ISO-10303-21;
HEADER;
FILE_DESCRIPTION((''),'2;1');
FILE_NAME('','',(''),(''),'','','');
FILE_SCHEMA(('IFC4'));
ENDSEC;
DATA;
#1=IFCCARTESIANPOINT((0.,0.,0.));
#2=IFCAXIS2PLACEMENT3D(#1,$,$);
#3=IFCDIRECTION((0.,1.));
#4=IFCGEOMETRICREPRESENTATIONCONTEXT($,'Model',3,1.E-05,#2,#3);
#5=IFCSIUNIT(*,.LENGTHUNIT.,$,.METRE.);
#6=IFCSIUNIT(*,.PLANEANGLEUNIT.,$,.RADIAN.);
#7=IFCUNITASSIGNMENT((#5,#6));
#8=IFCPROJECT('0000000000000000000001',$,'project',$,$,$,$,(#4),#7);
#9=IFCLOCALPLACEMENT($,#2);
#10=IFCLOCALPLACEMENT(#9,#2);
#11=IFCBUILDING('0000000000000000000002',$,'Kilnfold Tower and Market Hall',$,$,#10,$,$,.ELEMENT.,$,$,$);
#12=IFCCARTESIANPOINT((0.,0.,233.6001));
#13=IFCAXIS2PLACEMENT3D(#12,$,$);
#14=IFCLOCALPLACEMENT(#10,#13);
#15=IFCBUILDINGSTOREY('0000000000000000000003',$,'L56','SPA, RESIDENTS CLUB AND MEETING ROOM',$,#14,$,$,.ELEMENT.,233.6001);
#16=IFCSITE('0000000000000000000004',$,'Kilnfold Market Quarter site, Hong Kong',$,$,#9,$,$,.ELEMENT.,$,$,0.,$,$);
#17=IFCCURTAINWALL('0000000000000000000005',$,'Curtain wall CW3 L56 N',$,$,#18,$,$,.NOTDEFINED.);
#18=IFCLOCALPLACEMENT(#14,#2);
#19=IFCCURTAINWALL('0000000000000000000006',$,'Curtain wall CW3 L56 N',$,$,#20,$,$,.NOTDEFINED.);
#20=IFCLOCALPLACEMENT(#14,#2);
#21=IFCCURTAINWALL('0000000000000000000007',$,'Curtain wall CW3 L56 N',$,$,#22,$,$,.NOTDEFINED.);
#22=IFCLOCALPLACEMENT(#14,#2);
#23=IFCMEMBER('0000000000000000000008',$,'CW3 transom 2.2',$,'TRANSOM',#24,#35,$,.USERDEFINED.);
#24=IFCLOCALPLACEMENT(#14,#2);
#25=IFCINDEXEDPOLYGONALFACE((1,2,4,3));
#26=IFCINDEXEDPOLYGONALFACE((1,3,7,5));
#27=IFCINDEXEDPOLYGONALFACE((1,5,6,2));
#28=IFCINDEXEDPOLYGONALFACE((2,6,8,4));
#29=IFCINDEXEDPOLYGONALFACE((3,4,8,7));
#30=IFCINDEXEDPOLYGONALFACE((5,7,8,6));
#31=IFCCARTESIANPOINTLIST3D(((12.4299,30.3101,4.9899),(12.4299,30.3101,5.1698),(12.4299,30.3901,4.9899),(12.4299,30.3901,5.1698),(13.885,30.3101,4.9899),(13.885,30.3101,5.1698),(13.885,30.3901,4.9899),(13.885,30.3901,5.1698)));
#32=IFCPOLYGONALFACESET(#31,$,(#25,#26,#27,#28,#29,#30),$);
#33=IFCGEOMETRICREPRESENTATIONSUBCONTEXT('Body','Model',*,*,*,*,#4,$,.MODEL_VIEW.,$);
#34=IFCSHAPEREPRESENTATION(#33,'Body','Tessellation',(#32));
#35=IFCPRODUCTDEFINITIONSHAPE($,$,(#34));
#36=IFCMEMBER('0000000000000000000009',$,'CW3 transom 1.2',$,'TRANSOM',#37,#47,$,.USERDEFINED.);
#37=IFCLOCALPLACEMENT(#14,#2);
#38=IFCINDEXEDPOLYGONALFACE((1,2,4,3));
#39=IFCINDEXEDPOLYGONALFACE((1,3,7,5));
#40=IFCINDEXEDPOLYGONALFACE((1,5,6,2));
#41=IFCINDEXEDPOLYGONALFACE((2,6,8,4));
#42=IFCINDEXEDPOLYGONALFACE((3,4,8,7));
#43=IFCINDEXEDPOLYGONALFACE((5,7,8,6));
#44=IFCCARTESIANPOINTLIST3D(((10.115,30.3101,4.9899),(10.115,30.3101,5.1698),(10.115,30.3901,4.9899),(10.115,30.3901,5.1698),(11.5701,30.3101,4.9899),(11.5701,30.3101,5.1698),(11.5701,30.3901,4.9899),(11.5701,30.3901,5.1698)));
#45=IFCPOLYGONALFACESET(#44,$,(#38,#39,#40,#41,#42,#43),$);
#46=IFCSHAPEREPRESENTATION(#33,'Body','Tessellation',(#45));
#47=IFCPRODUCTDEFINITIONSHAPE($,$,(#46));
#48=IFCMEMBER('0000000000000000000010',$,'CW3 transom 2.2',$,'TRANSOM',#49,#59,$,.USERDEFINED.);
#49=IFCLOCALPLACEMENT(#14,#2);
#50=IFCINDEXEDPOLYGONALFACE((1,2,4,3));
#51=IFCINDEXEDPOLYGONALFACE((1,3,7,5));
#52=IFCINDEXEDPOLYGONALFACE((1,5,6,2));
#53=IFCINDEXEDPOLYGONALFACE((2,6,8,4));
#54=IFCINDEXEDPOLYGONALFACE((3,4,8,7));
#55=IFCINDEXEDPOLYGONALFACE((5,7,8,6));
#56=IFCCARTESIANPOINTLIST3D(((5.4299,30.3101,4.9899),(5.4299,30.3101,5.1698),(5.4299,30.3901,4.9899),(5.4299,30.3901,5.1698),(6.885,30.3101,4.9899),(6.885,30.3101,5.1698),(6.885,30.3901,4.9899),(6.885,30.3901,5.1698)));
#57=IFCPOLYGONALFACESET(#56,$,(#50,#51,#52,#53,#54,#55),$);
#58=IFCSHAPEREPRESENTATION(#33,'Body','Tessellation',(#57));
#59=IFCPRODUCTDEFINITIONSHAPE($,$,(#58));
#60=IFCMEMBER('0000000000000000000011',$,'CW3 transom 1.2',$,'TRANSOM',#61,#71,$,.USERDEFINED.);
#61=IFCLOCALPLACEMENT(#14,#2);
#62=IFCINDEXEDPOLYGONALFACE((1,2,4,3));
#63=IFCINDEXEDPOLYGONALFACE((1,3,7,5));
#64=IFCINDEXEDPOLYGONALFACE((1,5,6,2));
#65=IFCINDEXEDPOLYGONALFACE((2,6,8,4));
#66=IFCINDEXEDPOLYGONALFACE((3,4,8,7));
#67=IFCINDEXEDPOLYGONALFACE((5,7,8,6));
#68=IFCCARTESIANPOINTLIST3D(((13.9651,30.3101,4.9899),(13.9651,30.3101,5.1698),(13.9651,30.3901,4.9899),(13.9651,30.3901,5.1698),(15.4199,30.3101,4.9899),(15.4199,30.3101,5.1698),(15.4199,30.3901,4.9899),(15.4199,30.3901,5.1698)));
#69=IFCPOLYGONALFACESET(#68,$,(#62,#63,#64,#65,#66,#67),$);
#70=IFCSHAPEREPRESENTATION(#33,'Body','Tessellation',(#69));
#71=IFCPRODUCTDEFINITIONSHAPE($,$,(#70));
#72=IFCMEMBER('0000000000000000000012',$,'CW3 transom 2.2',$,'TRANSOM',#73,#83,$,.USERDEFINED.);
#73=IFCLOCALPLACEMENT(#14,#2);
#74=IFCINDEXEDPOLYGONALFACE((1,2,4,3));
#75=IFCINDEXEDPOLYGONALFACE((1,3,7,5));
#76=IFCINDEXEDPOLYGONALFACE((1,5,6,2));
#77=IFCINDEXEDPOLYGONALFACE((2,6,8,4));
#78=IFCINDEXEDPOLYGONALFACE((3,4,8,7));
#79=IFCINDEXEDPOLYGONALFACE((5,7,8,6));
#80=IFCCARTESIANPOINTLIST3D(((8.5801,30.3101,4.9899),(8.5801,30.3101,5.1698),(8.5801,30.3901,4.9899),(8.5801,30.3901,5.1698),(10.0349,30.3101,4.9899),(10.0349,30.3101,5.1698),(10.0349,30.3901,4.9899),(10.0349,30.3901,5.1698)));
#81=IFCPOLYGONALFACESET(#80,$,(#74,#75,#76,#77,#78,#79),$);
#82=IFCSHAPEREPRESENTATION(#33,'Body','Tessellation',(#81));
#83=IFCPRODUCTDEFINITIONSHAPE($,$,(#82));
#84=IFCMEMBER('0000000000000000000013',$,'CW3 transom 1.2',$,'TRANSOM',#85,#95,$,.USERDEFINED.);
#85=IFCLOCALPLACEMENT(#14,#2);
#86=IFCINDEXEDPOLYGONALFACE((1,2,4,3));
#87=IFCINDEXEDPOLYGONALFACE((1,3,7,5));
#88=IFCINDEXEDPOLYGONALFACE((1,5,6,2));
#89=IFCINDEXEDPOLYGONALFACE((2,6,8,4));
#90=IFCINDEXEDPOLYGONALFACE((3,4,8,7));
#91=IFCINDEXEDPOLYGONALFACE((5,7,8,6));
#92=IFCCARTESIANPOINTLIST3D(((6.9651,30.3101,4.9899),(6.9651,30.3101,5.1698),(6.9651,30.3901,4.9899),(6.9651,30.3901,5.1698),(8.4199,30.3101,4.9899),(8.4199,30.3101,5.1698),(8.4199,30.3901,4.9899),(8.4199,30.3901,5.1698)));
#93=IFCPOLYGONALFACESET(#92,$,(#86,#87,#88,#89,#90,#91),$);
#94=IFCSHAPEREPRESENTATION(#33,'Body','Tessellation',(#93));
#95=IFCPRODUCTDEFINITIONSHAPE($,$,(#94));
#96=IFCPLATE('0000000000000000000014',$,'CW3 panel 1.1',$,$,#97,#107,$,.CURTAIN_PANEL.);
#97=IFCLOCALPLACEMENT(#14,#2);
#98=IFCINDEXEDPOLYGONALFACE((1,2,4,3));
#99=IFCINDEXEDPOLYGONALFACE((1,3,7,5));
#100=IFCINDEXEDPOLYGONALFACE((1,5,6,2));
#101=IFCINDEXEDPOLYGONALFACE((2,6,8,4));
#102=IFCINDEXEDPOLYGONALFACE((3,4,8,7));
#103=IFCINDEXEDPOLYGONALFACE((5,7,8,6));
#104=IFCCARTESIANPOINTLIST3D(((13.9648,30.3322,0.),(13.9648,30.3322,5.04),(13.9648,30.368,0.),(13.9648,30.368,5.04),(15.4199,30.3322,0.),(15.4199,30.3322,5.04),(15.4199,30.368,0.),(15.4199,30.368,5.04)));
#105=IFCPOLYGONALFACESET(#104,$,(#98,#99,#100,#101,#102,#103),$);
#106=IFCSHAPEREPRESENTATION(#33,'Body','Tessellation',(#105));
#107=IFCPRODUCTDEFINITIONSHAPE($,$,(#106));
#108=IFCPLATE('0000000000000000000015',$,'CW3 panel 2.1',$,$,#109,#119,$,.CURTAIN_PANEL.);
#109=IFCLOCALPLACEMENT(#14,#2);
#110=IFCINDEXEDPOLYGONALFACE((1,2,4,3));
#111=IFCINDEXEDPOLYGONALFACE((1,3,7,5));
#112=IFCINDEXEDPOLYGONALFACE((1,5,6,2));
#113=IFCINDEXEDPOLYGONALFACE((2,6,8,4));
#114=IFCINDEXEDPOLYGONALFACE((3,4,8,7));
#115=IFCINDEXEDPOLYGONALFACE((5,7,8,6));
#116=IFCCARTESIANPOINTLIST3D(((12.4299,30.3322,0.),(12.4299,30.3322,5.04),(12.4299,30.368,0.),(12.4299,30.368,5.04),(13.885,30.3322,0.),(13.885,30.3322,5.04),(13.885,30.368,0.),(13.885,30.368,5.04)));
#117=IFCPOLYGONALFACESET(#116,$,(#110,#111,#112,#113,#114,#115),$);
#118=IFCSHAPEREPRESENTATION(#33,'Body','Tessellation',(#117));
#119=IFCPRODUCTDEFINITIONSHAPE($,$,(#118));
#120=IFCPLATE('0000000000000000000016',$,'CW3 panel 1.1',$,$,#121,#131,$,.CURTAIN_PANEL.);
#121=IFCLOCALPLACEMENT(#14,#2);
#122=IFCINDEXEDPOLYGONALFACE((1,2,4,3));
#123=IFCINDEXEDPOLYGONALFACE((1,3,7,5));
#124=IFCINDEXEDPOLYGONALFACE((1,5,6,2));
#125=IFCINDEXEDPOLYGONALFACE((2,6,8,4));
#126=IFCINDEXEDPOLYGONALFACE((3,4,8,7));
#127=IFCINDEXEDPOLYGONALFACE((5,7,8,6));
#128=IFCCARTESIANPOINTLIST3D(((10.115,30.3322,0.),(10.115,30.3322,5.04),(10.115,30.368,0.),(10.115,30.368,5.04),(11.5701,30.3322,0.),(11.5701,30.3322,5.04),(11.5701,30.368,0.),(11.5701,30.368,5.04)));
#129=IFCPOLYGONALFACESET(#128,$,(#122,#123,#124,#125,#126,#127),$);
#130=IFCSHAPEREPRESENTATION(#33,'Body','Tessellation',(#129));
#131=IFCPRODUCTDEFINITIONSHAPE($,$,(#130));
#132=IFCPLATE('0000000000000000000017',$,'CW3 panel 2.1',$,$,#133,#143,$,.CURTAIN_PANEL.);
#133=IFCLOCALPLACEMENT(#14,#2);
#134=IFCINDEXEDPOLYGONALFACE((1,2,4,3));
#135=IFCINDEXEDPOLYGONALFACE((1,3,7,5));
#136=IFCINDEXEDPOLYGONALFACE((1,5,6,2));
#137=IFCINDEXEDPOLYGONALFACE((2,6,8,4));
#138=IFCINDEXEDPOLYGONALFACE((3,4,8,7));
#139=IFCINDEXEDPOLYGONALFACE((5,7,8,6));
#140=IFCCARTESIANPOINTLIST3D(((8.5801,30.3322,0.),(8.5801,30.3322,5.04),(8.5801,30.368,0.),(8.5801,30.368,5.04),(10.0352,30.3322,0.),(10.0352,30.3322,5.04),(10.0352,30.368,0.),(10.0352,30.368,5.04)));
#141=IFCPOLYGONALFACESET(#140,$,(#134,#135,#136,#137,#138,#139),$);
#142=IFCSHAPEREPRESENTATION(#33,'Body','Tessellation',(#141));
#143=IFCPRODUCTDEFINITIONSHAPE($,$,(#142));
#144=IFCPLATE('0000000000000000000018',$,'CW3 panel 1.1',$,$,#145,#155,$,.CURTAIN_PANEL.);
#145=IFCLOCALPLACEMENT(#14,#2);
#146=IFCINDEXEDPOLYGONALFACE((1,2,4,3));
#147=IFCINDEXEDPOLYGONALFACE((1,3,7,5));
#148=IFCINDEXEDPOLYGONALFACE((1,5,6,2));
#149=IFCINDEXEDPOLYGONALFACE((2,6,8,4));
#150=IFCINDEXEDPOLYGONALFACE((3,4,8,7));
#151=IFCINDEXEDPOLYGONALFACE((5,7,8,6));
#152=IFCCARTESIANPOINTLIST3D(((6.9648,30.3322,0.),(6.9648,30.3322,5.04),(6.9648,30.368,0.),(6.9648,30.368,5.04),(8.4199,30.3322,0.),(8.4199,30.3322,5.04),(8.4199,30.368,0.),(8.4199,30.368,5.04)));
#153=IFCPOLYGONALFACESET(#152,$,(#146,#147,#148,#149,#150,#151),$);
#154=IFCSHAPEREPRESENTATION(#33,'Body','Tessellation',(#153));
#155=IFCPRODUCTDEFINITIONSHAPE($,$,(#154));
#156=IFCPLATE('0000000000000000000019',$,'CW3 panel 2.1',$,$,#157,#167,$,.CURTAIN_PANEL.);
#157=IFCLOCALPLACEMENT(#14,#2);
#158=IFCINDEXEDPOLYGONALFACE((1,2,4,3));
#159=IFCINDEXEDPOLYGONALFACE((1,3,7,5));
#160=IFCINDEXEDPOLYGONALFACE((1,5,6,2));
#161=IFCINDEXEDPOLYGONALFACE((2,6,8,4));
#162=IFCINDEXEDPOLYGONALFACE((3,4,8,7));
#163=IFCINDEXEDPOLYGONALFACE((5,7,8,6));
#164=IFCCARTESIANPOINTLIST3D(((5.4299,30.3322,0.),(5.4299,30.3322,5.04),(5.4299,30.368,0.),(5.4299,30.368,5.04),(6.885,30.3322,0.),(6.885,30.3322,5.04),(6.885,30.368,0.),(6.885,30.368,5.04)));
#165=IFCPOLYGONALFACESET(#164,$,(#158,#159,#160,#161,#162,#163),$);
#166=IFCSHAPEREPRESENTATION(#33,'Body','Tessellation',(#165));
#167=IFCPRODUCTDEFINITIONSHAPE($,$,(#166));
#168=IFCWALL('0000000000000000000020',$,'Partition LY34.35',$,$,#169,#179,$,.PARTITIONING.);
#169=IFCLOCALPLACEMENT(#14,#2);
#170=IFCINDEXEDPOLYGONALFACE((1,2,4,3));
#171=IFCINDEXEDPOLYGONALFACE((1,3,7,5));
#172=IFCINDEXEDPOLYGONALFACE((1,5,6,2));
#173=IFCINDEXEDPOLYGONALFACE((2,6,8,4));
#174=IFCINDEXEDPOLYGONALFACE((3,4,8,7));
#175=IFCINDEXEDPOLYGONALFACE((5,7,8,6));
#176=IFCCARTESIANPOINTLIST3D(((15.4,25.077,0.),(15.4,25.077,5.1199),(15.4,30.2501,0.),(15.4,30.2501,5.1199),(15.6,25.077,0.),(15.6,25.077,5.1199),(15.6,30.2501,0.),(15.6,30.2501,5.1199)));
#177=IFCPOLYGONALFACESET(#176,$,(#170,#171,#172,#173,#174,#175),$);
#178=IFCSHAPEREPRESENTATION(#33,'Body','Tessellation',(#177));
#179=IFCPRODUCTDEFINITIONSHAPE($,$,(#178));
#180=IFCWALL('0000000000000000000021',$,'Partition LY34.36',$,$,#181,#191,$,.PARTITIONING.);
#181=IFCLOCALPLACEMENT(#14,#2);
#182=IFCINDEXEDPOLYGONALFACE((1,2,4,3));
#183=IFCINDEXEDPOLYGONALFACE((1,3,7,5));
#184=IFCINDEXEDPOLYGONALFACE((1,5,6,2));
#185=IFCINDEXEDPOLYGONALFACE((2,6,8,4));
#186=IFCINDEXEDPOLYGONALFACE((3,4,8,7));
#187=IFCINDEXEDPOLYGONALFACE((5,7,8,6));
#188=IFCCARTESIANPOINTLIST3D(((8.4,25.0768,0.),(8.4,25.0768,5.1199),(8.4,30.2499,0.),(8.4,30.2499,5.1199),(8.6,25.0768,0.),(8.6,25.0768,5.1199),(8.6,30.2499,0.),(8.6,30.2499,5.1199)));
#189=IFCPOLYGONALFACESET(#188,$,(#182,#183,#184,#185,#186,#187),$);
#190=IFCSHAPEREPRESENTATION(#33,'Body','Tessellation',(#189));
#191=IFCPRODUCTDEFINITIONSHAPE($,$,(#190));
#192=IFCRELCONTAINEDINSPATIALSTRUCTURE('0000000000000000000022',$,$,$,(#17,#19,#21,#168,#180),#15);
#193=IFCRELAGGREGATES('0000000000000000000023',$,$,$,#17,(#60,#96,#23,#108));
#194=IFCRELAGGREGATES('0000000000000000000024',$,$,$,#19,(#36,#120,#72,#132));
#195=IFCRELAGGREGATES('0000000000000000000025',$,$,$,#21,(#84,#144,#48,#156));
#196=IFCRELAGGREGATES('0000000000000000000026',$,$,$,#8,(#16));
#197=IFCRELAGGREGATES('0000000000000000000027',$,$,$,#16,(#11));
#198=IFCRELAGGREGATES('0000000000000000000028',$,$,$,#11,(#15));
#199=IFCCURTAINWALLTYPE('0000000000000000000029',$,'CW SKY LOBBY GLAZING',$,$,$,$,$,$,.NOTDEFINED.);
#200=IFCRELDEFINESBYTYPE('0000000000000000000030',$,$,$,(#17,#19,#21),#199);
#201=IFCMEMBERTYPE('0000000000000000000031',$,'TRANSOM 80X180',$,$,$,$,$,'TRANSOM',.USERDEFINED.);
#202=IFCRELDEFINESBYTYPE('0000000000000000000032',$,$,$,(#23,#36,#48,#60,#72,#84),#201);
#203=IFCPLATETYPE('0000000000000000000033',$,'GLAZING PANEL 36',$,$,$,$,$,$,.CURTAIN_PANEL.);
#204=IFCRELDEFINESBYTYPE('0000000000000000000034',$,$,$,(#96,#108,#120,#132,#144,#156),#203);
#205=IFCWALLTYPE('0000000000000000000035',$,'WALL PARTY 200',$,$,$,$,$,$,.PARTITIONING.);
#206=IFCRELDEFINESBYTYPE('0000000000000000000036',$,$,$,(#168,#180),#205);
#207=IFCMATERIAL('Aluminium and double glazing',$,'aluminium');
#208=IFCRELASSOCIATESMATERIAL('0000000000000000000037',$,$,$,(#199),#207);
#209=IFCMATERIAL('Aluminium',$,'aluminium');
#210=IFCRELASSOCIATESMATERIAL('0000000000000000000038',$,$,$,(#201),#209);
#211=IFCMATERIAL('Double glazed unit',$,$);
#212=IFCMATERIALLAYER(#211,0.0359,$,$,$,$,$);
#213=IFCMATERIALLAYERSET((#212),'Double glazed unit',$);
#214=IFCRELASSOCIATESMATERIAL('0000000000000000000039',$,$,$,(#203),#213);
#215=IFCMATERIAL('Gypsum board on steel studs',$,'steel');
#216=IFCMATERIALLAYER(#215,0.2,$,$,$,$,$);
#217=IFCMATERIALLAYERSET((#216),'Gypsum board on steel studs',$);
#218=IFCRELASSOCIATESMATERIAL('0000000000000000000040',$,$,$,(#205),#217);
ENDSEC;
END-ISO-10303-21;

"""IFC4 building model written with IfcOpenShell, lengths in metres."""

from ifc_helpers import new_model, si_unit, direction, frame, frame_2d, origin, origin_2d, place, context, subcontext, project, spatial, rectangle, extrude, source, transform, mapped, material, layer, layer_set, material_profile, profile_set, type_object, element, aggregate, save


model = new_model("IFC4")

# Units and contexts
model_context = context("Model", 3, precision=1e-05, world=origin(), true_north=direction((0.0, 1.0)))
body_context = subcontext(model_context, "Body", "Model", "MODEL_VIEW")
ifc_project = project(units=[si_unit("LENGTHUNIT", "METRE"), si_unit("PLANEANGLEUNIT", "RADIAN")], contexts=[model_context])

# Site, building, storey
site_placement = place(None, origin())
site = spatial("IfcSite", under=ifc_project, at=site_placement, Name="Kilnfold Market Quarter site, Hong Kong", CompositionType="ELEMENT", RefElevation=0.0)
building_placement = place(site_placement, origin())
building = spatial("IfcBuilding", under=site, at=building_placement, Name="Kilnfold Tower and Market Hall", CompositionType="ELEMENT")
storey_placement = place(building_placement, frame((0.0, 0.0, 233.6001)))
storey = spatial("IfcBuildingStorey", under=building, at=storey_placement, Name="L56", Description="SPA, RESIDENTS CLUB AND MEETING ROOM", CompositionType="ELEMENT", Elevation=233.6001)

# Shared definitions
ifc_material_1 = material(Name="Aluminium and double glazing", Category="aluminium")
curtain_wall_type = type_object("IfcCurtainWallType", Name="CW SKY LOBBY GLAZING", PredefinedType="NOTDEFINED", material=ifc_material_1)

# Curtain walls
curtain_wall_1_placement = place(storey_placement, origin())
curtain_wall_1 = element("IfcCurtainWall", 1, at=curtain_wall_1_placement, inside=storey, type_object=curtain_wall_type, Name="Curtain wall CW3 L56 N", PredefinedType="NOTDEFINED")
curtain_wall_2_placement = place(storey_placement, origin())
curtain_wall_2 = element("IfcCurtainWall", 2, at=curtain_wall_2_placement, inside=storey, type_object=curtain_wall_type, Name="Curtain wall CW3 L56 N", PredefinedType="NOTDEFINED")
curtain_wall_3_placement = place(storey_placement, origin())
curtain_wall_3 = element("IfcCurtainWall", 3, at=curtain_wall_3_placement, inside=storey, type_object=curtain_wall_type, Name="Curtain wall CW3 L56 N", PredefinedType="NOTDEFINED")

# Members
ifc_material_2 = material(Name="Aluminium", Category="aluminium")
ifc_material_profile_1 = material_profile(ifc_material_2, rectangle(XDim=0.0801, YDim=0.1799, at=origin_2d()), Name="TRANSOM 80x180")
ifc_profile_set_1 = profile_set([ifc_material_profile_1], Name="Aluminium")
member_type_1 = type_object("IfcMemberType", Name="TRANSOM 80X180", ElementType="TRANSOM", PredefinedType="USERDEFINED", material=ifc_profile_set_1)
shared_shape_1 = source(origin(), body_context, "Body", "SweptSolid", [
    extrude(rectangle(XDim=0.0801, YDim=0.1799, at=origin_2d()), origin(), (0.0, 0.0, 1.0), 1.4551),
])
member_1_placement = place(storey_placement, frame((13.885, 30.3501, 5.0798), z_axis=(-1.0, 0.0, 0.0), x_axis=(0.0, -1.0, 0.0)))
member_1 = element("IfcMember", 4, at=member_1_placement, type_object=member_type_1, Name="CW3 transom 2.2", ObjectType="TRANSOM", PredefinedType="USERDEFINED", context=body_context, shape_type="MappedRepresentation", body=[
    mapped(shared_shape_1, transform((0.0, 0.0, 0.0))),
])
member_2_placement = place(storey_placement, frame((11.5701, 30.3501, 5.0798), z_axis=(-1.0, 0.0, 0.0), x_axis=(0.0, -1.0, 0.0)))
member_2 = element("IfcMember", 5, at=member_2_placement, type_object=member_type_1, Name="CW3 transom 1.2", ObjectType="TRANSOM", PredefinedType="USERDEFINED", context=body_context, shape_type="MappedRepresentation", body=[
    mapped(shared_shape_1, transform((0.0, 0.0, 0.0))),
])
member_3_placement = place(storey_placement, frame((6.885, 30.3501, 5.0798), z_axis=(-1.0, 0.0, 0.0), x_axis=(0.0, -1.0, 0.0)))
member_3 = element("IfcMember", 6, at=member_3_placement, type_object=member_type_1, Name="CW3 transom 2.2", ObjectType="TRANSOM", PredefinedType="USERDEFINED", context=body_context, shape_type="MappedRepresentation", body=[
    mapped(shared_shape_1, transform((0.0, 0.0, 0.0))),
])
shared_shape_2 = source(origin(), body_context, "Body", "SweptSolid", [
    extrude(rectangle(XDim=0.0801, YDim=0.1799, at=origin_2d()), origin(), (0.0, 0.0, 1.0), 1.4548),
])
member_4_placement = place(storey_placement, frame((15.4199, 30.3501, 5.0798), z_axis=(-1.0, 0.0, 0.0), x_axis=(0.0, -1.0, 0.0)))
member_4 = element("IfcMember", 7, at=member_4_placement, type_object=member_type_1, Name="CW3 transom 1.2", ObjectType="TRANSOM", PredefinedType="USERDEFINED", context=body_context, shape_type="MappedRepresentation", body=[
    mapped(shared_shape_2, transform((0.0, 0.0, 0.0))),
])
member_5_placement = place(storey_placement, frame((10.0349, 30.3501, 5.0798), z_axis=(-1.0, 0.0, 0.0), x_axis=(0.0, -1.0, 0.0)))
member_5 = element("IfcMember", 8, at=member_5_placement, type_object=member_type_1, Name="CW3 transom 2.2", ObjectType="TRANSOM", PredefinedType="USERDEFINED", context=body_context, shape_type="MappedRepresentation", body=[
    mapped(shared_shape_2, transform((0.0, 0.0, 0.0))),
])
member_6_placement = place(storey_placement, frame((8.4199, 30.3501, 5.0798), z_axis=(-1.0, 0.0, 0.0), x_axis=(0.0, -1.0, 0.0)))
member_6 = element("IfcMember", 9, at=member_6_placement, type_object=member_type_1, Name="CW3 transom 1.2", ObjectType="TRANSOM", PredefinedType="USERDEFINED", context=body_context, shape_type="MappedRepresentation", body=[
    mapped(shared_shape_2, transform((0.0, 0.0, 0.0))),
])

# Plates
ifc_material_3 = material(Name="Double glazed unit")
ifc_layer_1 = layer(ifc_material_3, 0.0359)
ifc_layer_set_1 = layer_set([ifc_layer_1], Name="Double glazed unit")
plate_type = type_object("IfcPlateType", Name="GLAZING PANEL 36", PredefinedType="CURTAIN_PANEL", material=ifc_layer_set_1)
shared_shape_3 = source(origin(), body_context, "Body", "SweptSolid", [
    extrude(rectangle(XDim=1.4551, YDim=0.0359, at=origin_2d()), origin(), (0.0, 0.0, 1.0), 5.04),
])
plate_1_placement = place(storey_placement, frame((14.6924, 30.3501, 0.0), z_axis=(0.0, 0.0, 1.0), x_axis=(-1.0, 0.0, 0.0)))
plate_1 = element("IfcPlate", 10, at=plate_1_placement, type_object=plate_type, Name="CW3 panel 1.1", PredefinedType="CURTAIN_PANEL", context=body_context, shape_type="MappedRepresentation", body=[
    mapped(shared_shape_3, transform((0.0, 0.0, 0.0))),
])
plate_2_placement = place(storey_placement, frame((13.1575, 30.3501, 0.0), z_axis=(0.0, 0.0, 1.0), x_axis=(-1.0, 0.0, 0.0)))
plate_2 = element("IfcPlate", 11, at=plate_2_placement, type_object=plate_type, Name="CW3 panel 2.1", PredefinedType="CURTAIN_PANEL", context=body_context, shape_type="MappedRepresentation", body=[
    mapped(shared_shape_3, transform((0.0, 0.0, 0.0))),
])
aggregate(curtain_wall_1, [member_4, plate_1, member_1, plate_2])
plate_3_placement = place(storey_placement, frame((10.8425, 30.3501, 0.0), z_axis=(0.0, 0.0, 1.0), x_axis=(-1.0, 0.0, 0.0)))
plate_3 = element("IfcPlate", 12, at=plate_3_placement, type_object=plate_type, Name="CW3 panel 1.1", PredefinedType="CURTAIN_PANEL", context=body_context, shape_type="MappedRepresentation", body=[
    mapped(shared_shape_3, transform((0.0, 0.0, 0.0))),
])
plate_4_placement = place(storey_placement, frame((9.3076, 30.3501, 0.0), z_axis=(0.0, 0.0, 1.0), x_axis=(-1.0, 0.0, 0.0)))
plate_4 = element("IfcPlate", 13, at=plate_4_placement, type_object=plate_type, Name="CW3 panel 2.1", PredefinedType="CURTAIN_PANEL", context=body_context, shape_type="MappedRepresentation", body=[
    mapped(shared_shape_3, transform((0.0, 0.0, 0.0))),
])
aggregate(curtain_wall_2, [member_2, plate_3, member_5, plate_4])
plate_5_placement = place(storey_placement, frame((7.6924, 30.3501, 0.0), z_axis=(0.0, 0.0, 1.0), x_axis=(-1.0, 0.0, 0.0)))
plate_5 = element("IfcPlate", 14, at=plate_5_placement, type_object=plate_type, Name="CW3 panel 1.1", PredefinedType="CURTAIN_PANEL", context=body_context, shape_type="MappedRepresentation", body=[
    mapped(shared_shape_3, transform((0.0, 0.0, 0.0))),
])
plate_6_placement = place(storey_placement, frame((6.1575, 30.3501, 0.0), z_axis=(0.0, 0.0, 1.0), x_axis=(-1.0, 0.0, 0.0)))
plate_6 = element("IfcPlate", 15, at=plate_6_placement, type_object=plate_type, Name="CW3 panel 2.1", PredefinedType="CURTAIN_PANEL", context=body_context, shape_type="MappedRepresentation", body=[
    mapped(shared_shape_3, transform((0.0, 0.0, 0.0))),
])
aggregate(curtain_wall_3, [member_6, plate_5, member_3, plate_6])

# Walls
ifc_material_4 = material(Name="Gypsum board on steel studs", Category="steel")
ifc_layer_2 = layer(ifc_material_4, 0.2)
ifc_layer_set_2 = layer_set([ifc_layer_2], Name="Gypsum board on steel studs")
wall_type_1 = type_object("IfcWallType", Name="WALL PARTY 200", PredefinedType="PARTITIONING", material=ifc_layer_set_2)
for number, where, z_axis, x_axis, name in (
    (16, (15.5, 30.25, 0.0), (0.0, 0.0, 1.0), (0.0, -1.0, 0.0), "Partition LY34.35"),
    (17, (8.5, 25.0769, 0.0), (0.0, 0.0, 1.0), (0.0, 1.0, 0.0), "Partition LY34.36"),
):
    element("IfcWall", number, at=place(storey_placement, frame(where, z_axis=z_axis, x_axis=x_axis)), inside=storey, type_object=wall_type_1, Name=name, PredefinedType="PARTITIONING", context=body_context, shape_type="SweptSolid", body=[
        extrude(rectangle(XDim=5.1731, YDim=0.2, at=frame_2d((2.5864, 0.0))), origin(), (0.0, 0.0, 1.0), 5.1199),
    ])

save(model, "model.ifc")
